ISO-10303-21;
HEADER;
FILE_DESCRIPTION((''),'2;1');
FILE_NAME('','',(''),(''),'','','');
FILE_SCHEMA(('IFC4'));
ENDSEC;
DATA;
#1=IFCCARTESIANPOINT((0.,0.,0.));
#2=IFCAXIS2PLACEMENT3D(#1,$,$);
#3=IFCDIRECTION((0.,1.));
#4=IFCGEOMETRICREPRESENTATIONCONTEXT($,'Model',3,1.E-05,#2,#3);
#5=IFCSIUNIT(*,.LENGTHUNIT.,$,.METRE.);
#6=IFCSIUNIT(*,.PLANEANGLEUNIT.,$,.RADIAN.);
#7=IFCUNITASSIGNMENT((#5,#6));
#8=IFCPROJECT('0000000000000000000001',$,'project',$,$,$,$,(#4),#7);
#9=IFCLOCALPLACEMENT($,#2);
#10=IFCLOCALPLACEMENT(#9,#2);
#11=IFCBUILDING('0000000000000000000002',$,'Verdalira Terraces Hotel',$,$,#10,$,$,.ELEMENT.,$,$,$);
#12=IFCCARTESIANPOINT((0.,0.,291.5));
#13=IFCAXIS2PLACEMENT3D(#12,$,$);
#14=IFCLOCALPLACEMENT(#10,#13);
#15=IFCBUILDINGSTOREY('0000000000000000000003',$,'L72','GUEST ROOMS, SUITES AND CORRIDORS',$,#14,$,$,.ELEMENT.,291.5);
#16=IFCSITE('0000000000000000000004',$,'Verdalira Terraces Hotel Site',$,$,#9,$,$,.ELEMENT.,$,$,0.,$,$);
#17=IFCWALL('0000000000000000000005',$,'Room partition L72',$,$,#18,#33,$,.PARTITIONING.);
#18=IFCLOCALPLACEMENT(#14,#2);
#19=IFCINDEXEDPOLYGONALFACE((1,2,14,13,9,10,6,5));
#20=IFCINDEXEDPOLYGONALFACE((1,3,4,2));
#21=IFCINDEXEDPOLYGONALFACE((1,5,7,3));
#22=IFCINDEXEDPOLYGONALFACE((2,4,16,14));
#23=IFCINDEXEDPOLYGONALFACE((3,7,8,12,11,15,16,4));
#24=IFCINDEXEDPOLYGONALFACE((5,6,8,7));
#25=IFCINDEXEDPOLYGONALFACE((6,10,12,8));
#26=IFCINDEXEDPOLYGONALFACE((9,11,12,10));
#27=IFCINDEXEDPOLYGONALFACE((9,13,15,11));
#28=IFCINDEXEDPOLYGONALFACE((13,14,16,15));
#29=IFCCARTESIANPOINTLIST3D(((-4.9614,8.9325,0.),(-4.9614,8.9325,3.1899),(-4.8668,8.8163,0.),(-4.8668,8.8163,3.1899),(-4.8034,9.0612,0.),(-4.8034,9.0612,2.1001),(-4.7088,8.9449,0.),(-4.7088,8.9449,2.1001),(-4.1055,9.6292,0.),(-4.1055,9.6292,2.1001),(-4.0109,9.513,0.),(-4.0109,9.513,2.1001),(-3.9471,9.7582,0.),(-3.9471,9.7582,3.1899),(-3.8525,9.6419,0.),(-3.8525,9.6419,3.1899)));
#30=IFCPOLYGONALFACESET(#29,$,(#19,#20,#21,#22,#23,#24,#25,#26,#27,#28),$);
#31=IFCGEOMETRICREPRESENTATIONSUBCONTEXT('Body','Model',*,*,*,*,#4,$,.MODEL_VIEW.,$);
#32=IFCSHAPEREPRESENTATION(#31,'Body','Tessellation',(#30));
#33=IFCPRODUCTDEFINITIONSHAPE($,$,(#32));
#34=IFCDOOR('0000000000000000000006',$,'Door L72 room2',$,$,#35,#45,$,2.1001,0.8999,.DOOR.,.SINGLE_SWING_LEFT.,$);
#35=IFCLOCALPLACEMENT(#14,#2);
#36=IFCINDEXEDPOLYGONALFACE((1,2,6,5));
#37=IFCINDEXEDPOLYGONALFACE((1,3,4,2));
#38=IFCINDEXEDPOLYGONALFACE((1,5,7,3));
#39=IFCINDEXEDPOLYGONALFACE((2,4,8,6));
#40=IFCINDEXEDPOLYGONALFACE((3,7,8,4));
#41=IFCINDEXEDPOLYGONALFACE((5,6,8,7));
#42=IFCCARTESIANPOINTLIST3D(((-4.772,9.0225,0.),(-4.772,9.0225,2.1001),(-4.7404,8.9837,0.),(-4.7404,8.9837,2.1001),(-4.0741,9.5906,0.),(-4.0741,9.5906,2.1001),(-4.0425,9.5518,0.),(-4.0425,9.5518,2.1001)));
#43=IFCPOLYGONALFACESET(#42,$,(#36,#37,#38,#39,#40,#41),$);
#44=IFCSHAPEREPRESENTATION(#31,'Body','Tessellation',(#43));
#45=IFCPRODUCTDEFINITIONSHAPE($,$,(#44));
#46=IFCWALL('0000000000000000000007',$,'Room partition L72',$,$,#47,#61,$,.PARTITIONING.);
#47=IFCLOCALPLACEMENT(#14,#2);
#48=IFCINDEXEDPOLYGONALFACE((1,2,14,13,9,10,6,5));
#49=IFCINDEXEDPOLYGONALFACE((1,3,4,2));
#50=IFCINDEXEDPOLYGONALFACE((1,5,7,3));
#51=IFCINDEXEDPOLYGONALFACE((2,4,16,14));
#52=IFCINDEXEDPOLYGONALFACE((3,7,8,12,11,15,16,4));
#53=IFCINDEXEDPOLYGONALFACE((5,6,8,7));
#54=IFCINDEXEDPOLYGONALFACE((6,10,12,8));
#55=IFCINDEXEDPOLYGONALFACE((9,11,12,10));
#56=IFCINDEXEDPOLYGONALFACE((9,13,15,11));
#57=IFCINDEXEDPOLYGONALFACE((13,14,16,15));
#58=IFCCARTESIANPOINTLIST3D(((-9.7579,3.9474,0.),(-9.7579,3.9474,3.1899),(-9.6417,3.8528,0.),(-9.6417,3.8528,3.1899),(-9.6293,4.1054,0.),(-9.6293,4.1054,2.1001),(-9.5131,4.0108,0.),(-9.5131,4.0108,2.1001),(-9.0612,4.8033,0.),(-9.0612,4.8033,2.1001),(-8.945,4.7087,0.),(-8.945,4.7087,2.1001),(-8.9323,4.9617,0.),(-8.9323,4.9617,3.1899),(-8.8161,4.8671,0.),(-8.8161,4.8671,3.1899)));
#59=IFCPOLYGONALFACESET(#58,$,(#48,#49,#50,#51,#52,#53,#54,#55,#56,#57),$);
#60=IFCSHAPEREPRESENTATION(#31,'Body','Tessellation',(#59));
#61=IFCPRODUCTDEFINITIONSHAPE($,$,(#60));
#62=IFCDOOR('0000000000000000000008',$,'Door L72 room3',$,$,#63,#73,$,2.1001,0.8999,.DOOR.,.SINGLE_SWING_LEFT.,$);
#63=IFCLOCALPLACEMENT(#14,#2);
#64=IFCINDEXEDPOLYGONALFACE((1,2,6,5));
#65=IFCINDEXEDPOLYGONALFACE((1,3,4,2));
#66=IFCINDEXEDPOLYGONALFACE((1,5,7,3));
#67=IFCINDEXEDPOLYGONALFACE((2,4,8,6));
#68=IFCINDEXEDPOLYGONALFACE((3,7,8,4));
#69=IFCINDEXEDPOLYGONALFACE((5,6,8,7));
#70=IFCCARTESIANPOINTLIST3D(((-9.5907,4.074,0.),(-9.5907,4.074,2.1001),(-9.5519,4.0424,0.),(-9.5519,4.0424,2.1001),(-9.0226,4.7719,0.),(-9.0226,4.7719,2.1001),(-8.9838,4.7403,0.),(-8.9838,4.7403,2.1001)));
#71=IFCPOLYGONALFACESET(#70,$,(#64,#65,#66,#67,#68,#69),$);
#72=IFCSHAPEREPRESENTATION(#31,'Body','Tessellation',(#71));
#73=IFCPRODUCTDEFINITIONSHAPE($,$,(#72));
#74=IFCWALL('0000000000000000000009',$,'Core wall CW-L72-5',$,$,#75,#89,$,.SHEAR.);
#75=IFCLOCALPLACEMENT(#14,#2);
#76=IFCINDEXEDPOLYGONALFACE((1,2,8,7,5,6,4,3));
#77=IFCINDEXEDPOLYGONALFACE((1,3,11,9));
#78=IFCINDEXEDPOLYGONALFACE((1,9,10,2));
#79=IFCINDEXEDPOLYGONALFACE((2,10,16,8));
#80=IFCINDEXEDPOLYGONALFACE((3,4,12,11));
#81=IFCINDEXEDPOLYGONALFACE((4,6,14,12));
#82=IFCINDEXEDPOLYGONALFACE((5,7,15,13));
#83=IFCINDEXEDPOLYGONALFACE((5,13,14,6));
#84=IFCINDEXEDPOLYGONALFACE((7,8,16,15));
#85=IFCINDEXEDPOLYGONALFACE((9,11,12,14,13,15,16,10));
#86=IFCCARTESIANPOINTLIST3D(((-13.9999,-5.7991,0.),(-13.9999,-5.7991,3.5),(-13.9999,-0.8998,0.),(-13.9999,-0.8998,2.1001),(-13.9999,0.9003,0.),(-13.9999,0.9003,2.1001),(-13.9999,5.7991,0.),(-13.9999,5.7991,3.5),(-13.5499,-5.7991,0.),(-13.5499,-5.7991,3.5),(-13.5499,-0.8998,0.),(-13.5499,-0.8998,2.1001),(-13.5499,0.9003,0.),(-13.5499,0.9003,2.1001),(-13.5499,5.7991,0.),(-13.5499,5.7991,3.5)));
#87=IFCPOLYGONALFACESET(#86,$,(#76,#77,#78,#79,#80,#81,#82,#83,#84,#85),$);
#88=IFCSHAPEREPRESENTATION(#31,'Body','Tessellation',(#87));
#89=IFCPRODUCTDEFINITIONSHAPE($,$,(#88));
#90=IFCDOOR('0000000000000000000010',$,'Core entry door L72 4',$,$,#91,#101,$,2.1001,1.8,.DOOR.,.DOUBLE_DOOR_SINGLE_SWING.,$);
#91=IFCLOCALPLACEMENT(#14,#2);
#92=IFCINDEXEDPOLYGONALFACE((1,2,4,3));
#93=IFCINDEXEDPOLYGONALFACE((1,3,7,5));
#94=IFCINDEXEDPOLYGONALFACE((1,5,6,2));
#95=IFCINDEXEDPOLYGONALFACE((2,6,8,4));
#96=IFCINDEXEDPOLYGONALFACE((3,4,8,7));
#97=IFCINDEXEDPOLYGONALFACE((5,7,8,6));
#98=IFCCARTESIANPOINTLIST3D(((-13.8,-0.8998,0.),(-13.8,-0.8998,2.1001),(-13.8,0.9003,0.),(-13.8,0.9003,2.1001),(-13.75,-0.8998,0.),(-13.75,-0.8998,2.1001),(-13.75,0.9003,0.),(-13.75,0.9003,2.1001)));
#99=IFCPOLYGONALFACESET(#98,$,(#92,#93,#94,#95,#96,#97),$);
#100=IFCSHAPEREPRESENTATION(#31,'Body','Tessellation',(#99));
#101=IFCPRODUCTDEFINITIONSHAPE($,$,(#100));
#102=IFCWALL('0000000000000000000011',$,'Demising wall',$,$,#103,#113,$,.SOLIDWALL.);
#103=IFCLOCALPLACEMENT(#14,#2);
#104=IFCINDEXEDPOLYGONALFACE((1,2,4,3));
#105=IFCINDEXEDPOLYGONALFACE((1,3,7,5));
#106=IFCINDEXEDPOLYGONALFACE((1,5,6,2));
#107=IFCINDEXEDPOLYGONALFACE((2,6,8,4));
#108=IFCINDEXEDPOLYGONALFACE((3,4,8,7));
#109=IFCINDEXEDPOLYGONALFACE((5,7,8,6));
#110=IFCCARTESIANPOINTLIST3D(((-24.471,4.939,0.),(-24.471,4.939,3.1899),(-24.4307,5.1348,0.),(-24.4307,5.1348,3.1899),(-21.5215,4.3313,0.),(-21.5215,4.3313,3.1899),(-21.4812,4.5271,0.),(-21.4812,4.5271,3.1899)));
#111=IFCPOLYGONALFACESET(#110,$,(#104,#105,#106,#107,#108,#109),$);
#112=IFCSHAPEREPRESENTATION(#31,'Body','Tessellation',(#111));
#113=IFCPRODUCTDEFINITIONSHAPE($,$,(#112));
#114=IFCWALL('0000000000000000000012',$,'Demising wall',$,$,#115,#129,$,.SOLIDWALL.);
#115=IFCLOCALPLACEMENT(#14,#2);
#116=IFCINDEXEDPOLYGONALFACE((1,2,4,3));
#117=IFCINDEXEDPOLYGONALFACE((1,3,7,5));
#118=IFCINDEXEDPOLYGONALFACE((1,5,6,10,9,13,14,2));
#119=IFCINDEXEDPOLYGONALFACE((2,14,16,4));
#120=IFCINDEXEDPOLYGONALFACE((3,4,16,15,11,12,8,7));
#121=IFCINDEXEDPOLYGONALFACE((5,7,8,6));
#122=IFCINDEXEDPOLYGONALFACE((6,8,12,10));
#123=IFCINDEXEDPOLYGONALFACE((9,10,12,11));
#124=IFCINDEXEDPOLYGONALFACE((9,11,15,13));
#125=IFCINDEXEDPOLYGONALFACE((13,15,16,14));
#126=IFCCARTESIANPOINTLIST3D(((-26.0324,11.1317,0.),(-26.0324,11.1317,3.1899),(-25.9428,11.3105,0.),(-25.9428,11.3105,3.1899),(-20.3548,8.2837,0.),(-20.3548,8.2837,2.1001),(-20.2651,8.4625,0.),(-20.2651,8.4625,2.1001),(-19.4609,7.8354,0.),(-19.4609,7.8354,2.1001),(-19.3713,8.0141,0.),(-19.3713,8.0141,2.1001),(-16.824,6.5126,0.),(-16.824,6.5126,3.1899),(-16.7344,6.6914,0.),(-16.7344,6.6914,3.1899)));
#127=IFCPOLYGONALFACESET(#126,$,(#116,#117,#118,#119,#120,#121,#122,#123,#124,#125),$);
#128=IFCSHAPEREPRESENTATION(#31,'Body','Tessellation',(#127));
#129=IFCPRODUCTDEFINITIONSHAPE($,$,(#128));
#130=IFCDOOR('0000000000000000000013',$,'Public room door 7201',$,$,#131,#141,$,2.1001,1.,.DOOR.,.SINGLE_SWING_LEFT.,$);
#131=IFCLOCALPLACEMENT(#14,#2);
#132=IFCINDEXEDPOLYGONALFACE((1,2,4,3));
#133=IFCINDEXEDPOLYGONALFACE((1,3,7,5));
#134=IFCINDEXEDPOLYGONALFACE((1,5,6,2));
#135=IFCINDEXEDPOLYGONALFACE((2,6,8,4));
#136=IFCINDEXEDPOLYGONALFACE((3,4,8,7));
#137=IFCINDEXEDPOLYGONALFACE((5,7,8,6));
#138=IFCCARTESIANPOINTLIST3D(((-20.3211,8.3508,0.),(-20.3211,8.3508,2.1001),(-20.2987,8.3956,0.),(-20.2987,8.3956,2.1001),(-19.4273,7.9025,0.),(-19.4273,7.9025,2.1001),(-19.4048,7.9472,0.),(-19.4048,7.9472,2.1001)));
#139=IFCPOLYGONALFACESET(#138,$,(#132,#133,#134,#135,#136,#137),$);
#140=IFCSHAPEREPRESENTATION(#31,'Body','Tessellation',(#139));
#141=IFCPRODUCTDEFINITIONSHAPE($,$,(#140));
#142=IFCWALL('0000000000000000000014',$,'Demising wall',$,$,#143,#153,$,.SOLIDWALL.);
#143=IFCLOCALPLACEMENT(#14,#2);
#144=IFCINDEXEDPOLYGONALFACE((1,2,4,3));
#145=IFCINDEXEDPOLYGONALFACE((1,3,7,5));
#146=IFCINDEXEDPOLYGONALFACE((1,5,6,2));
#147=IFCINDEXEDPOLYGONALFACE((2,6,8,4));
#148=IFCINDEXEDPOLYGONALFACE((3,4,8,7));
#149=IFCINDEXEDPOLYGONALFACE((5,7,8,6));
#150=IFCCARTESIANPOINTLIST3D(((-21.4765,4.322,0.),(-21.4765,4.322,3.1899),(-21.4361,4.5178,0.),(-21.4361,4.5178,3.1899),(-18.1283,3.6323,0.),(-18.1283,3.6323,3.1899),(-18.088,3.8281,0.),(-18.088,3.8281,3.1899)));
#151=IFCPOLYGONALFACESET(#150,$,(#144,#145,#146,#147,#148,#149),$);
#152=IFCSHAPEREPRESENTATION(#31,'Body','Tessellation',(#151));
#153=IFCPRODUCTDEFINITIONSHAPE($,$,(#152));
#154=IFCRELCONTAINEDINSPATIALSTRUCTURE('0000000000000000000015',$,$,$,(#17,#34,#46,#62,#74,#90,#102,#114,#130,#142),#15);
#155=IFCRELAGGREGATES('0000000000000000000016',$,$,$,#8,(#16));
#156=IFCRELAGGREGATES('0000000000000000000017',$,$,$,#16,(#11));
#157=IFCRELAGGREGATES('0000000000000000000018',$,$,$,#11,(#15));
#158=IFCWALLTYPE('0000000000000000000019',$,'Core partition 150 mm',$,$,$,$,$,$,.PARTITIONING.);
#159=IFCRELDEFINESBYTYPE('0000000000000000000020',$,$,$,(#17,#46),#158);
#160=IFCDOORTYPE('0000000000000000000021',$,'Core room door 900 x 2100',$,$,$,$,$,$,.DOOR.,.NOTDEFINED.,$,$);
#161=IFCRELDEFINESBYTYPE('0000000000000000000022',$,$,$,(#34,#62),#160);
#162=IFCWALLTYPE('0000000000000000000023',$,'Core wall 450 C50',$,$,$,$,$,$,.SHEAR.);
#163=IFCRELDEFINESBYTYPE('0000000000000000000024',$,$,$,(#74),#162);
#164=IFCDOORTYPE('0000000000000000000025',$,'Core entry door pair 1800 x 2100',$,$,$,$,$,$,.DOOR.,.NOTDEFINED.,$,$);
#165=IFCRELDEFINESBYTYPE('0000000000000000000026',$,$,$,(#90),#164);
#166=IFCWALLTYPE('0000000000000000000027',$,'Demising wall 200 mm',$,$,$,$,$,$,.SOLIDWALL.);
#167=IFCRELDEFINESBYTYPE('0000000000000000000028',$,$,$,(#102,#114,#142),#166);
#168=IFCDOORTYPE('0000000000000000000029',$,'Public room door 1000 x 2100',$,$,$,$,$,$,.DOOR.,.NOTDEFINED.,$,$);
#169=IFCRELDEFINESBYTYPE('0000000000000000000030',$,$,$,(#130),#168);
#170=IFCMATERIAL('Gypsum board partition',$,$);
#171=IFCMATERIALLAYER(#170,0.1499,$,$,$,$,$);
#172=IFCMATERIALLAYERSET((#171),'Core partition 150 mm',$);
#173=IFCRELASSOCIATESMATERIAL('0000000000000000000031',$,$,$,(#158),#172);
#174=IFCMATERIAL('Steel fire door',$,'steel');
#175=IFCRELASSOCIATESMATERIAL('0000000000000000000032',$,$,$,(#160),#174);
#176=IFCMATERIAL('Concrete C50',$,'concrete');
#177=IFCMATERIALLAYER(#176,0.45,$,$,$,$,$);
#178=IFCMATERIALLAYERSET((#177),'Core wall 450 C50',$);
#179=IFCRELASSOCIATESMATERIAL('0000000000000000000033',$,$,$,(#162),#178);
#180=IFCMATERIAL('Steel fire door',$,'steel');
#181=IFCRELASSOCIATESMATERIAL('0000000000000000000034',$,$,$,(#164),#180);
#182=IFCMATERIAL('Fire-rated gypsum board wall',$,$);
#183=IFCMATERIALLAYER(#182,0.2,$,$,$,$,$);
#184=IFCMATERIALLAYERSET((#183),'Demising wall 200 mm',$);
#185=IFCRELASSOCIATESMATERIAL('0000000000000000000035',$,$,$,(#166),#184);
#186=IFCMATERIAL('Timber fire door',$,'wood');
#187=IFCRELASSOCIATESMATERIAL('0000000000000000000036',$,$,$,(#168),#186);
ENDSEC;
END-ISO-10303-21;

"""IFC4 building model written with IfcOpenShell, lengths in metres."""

from ifc_helpers import new_model, si_unit, direction, frame, frame_2d, origin, place, context, subcontext, project, spatial, rectangle, extrude, material, layer, layer_set, type_object, element, fill, save


model = new_model("IFC4")

# Units and contexts
model_context = context("Model", 3, precision=1e-05, world=origin(), true_north=direction((0.0, 1.0)))
body_context = subcontext(model_context, "Body", "Model", "MODEL_VIEW")
ifc_project = project(units=[si_unit("LENGTHUNIT", "METRE"), si_unit("PLANEANGLEUNIT", "RADIAN")], contexts=[model_context])

# Site, building, storey
site_placement = place(None, origin())
site = spatial("IfcSite", under=ifc_project, at=site_placement, Name="Verdalira Terraces Hotel Site", CompositionType="ELEMENT", RefElevation=0.0)
building_placement = place(site_placement, origin())
building = spatial("IfcBuilding", under=site, at=building_placement, Name="Verdalira Terraces Hotel", CompositionType="ELEMENT")
storey_placement = place(building_placement, frame((0.0, 0.0, 291.5)))
storey = spatial("IfcBuildingStorey", under=building, at=storey_placement, Name="L72", Description="GUEST ROOMS, SUITES AND CORRIDORS", CompositionType="ELEMENT", Elevation=291.5)

# Walls, openings, doors
ifc_material_1 = material(Name="Gypsum board partition")
ifc_layer_1 = layer(ifc_material_1, 0.1499)
ifc_layer_set_1 = layer_set([ifc_layer_1], Name="Core partition 150 mm")
wall_type_1 = type_object("IfcWallType", Name="Core partition 150 mm", PredefinedType="PARTITIONING", material=ifc_layer_set_1)
wall_1_placement = place(storey_placement, frame((-3.8999, 9.7, 0.0), z_axis=(0.0, 0.0, 1.0), x_axis=(-0.77556, -0.631274, 0.0)))
wall_1 = element("IfcWall", 1, at=wall_1_placement, inside=storey, type_object=wall_type_1, Name="Room partition L72", PredefinedType="PARTITIONING", context=body_context, shape_type="SweptSolid", body=[
    extrude(rectangle(XDim=1.3079, YDim=0.1499, at=frame_2d((0.6538, 0.0))), origin(), (0.0, 0.0, 1.0), 3.1899),
])
opening_1_placement = place(wall_1_placement, frame((0.2041, 0.0, 0.0)))
opening_1 = element("IfcOpeningElement", 2, at=opening_1_placement, cuts=wall_1, PredefinedType="OPENING", context=body_context, shape_type="SweptSolid", body=[
    extrude(rectangle(XDim=0.8999, YDim=2.1001, at=frame_2d((0.45, 1.05))), frame((0.0, 0.085, 0.0), z_axis=(0.0, -1.0, 0.0), x_axis=(1.0, 0.0, 0.0)), (0.0, 0.0, 1.0), 0.1699),
])
ifc_material_2 = material(Name="Steel fire door", Category="steel")
door_type_1 = type_object("IfcDoorType", Name="Core room door 900 x 2100", OperationType="NOTDEFINED", PredefinedType="DOOR", material=ifc_material_2)
door_1_placement = place(opening_1_placement, origin())
door_1 = element("IfcDoor", 3, at=door_1_placement, inside=storey, type_object=door_type_1, Name="Door L72 room2", OperationType="SINGLE_SWING_LEFT", OverallHeight=2.1001, OverallWidth=0.8999, PredefinedType="DOOR", context=body_context, shape_type="SweptSolid", body=[
    extrude(rectangle(XDim=0.8999, YDim=2.1001, at=frame_2d((0.45, 1.05))), frame((0.0, 0.0249, 0.0), z_axis=(0.0, -1.0, 0.0), x_axis=(1.0, 0.0, 0.0)), (0.0, 0.0, 1.0), 0.05),
])
fill(opening_1, door_1)
wall_2_placement = place(storey_placement, frame((-8.8743, 4.9143, 0.0), z_axis=(0.0, 0.0, 1.0), x_axis=(-0.631274, -0.77556, 0.0)))
wall_2 = element("IfcWall", 4, at=wall_2_placement, inside=storey, type_object=wall_type_1, Name="Room partition L72", PredefinedType="PARTITIONING", context=body_context, shape_type="SweptSolid", body=[
    extrude(rectangle(XDim=1.3079, YDim=0.1499, at=frame_2d((0.6538, 0.0))), origin(), (0.0, 0.0, 1.0), 3.1899),
])
opening_2_placement = place(wall_2_placement, frame((0.2041, 0.0, 0.0)))
opening_2 = element("IfcOpeningElement", 5, at=opening_2_placement, cuts=wall_2, PredefinedType="OPENING", context=body_context, shape_type="SweptSolid", body=[
    extrude(rectangle(XDim=0.8999, YDim=2.1001, at=frame_2d((0.45, 1.05))), frame((0.0, 0.085, 0.0), z_axis=(0.0, -1.0, 0.0), x_axis=(1.0, 0.0, 0.0)), (0.0, 0.0, 1.0), 0.1699),
])
door_2_placement = place(opening_2_placement, origin())
door_2 = element("IfcDoor", 6, at=door_2_placement, inside=storey, type_object=door_type_1, Name="Door L72 room3", OperationType="SINGLE_SWING_LEFT", OverallHeight=2.1001, OverallWidth=0.8999, PredefinedType="DOOR", context=body_context, shape_type="SweptSolid", body=[
    extrude(rectangle(XDim=0.8999, YDim=2.1001, at=frame_2d((0.45, 1.05))), frame((0.0, 0.0249, 0.0), z_axis=(0.0, -1.0, 0.0), x_axis=(1.0, 0.0, 0.0)), (0.0, 0.0, 1.0), 0.05),
])
fill(opening_2, door_2)
ifc_material_3 = material(Name="Concrete C50", Category="concrete")
ifc_layer_2 = layer(ifc_material_3, 0.45)
ifc_layer_set_2 = layer_set([ifc_layer_2], Name="Core wall 450 C50")
wall_type_2 = type_object("IfcWallType", Name="Core wall 450 C50", PredefinedType="SHEAR", material=ifc_layer_set_2)
wall_3_placement = place(storey_placement, frame((-13.7749, 5.7991, 0.0), z_axis=(0.0, 0.0, 1.0), x_axis=(0.0, -1.0, 0.0)))
wall_3 = element("IfcWall", 7, at=wall_3_placement, inside=storey, type_object=wall_type_2, Name="Core wall CW-L72-5", PredefinedType="SHEAR", context=body_context, shape_type="SweptSolid", body=[
    extrude(rectangle(XDim=11.5981, YDim=0.45, at=frame_2d((5.7991, 0.0))), origin(), (0.0, 0.0, 1.0), 3.5),
])
opening_3_placement = place(wall_3_placement, frame((4.8989, 0.0, 0.0)))
opening_3 = element("IfcOpeningElement", 8, at=opening_3_placement, cuts=wall_3, PredefinedType="OPENING", context=body_context, shape_type="SweptSolid", body=[
    extrude(rectangle(XDim=1.8, YDim=2.1001, at=frame_2d((0.8999, 1.05))), frame((0.0, 0.2349, 0.0), z_axis=(0.0, -1.0, 0.0), x_axis=(1.0, 0.0, 0.0)), (0.0, 0.0, 1.0), 0.47),
])
ifc_material_4 = material(Name="Steel fire door", Category="steel")
door_type_2 = type_object("IfcDoorType", Name="Core entry door pair 1800 x 2100", OperationType="NOTDEFINED", PredefinedType="DOOR", material=ifc_material_4)
door_3_placement = place(opening_3_placement, origin())
door_3 = element("IfcDoor", 9, at=door_3_placement, inside=storey, type_object=door_type_2, Name="Core entry door L72 4", OperationType="DOUBLE_DOOR_SINGLE_SWING", OverallHeight=2.1001, OverallWidth=1.8, PredefinedType="DOOR", context=body_context, shape_type="SweptSolid", body=[
    extrude(rectangle(XDim=1.8, YDim=2.1001, at=frame_2d((0.8999, 1.05))), frame((0.0, 0.0249, 0.0), z_axis=(0.0, -1.0, 0.0), x_axis=(1.0, 0.0, 0.0)), (0.0, 0.0, 1.0), 0.05),
])
fill(opening_3, door_3)

# Wall
ifc_material_5 = material(Name="Fire-rated gypsum board wall")
ifc_layer_3 = layer(ifc_material_5, 0.2)
ifc_layer_set_3 = layer_set([ifc_layer_3], Name="Demising wall 200 mm")
wall_type_3 = type_object("IfcWallType", Name="Demising wall 200 mm", PredefinedType="SOLIDWALL", material=ifc_layer_set_3)
wall_4_placement = place(storey_placement, frame((-21.5012, 4.4292, 0.0), z_axis=(0.0, 0.0, 1.0), x_axis=(-0.979429, 0.201788, 0.0)))
element("IfcWall", 10, at=wall_4_placement, inside=storey, type_object=wall_type_3, Name="Demising wall", PredefinedType="SOLIDWALL", context=body_context, shape_type="SweptSolid", body=[
    extrude(rectangle(XDim=3.0115, YDim=0.2, at=frame_2d((1.5059, 0.0))), origin(), (0.0, 0.0, 1.0), 3.1899),
])

# Wall, opening, door
wall_5_placement = place(storey_placement, frame((-16.7793, 6.6021, 0.0), z_axis=(0.0, 0.0, 1.0), x_axis=(-0.893848, 0.44837, 0.0)))
wall_5 = element("IfcWall", 11, at=wall_5_placement, inside=storey, type_object=wall_type_3, Name="Demising wall", PredefinedType="SOLIDWALL", context=body_context, shape_type="SweptSolid", body=[
    extrude(rectangle(XDim=10.302, YDim=0.2, at=frame_2d((5.1509, 0.0))), origin(), (0.0, 0.0, 1.0), 3.1899),
])
opening_4_placement = place(wall_5_placement, frame((2.95, 0.0, 0.0)))
opening_4 = element("IfcOpeningElement", 12, at=opening_4_placement, cuts=wall_5, PredefinedType="OPENING", context=body_context, shape_type="SweptSolid", body=[
    extrude(rectangle(XDim=1.0, YDim=2.1001, at=frame_2d((0.5, 1.05))), frame((0.0, 0.1099, 0.0), z_axis=(0.0, -1.0, 0.0), x_axis=(1.0, 0.0, 0.0)), (0.0, 0.0, 1.0), 0.22),
])
ifc_material_6 = material(Name="Timber fire door", Category="wood")
door_type_3 = type_object("IfcDoorType", Name="Public room door 1000 x 2100", OperationType="NOTDEFINED", PredefinedType="DOOR", material=ifc_material_6)
door_4_placement = place(opening_4_placement, origin())
door_4 = element("IfcDoor", 13, at=door_4_placement, inside=storey, type_object=door_type_3, Name="Public room door 7201", OperationType="SINGLE_SWING_LEFT", OverallHeight=2.1001, OverallWidth=1.0, PredefinedType="DOOR", context=body_context, shape_type="SweptSolid", body=[
    extrude(rectangle(XDim=1.0, YDim=2.1001, at=frame_2d((0.5, 1.05))), frame((0.0, 0.0249, 0.0), z_axis=(0.0, -1.0, 0.0), x_axis=(1.0, 0.0, 0.0)), (0.0, 0.0, 1.0), 0.05),
])
fill(opening_4, door_4)

# Wall
wall_6_placement = place(storey_placement, frame((-18.1082, 3.7302, 0.0), z_axis=(0.0, 0.0, 1.0), x_axis=(-0.979435, 0.201758, 0.0)))
element("IfcWall", 14, at=wall_6_placement, inside=storey, type_object=wall_type_3, Name="Demising wall", PredefinedType="SOLIDWALL", context=body_context, shape_type="SweptSolid", body=[
    extrude(rectangle(XDim=3.4185, YDim=0.2, at=frame_2d((1.7092, 0.0))), origin(), (0.0, 0.0, 1.0), 3.1899),
])

save(model, "model.ifc")
